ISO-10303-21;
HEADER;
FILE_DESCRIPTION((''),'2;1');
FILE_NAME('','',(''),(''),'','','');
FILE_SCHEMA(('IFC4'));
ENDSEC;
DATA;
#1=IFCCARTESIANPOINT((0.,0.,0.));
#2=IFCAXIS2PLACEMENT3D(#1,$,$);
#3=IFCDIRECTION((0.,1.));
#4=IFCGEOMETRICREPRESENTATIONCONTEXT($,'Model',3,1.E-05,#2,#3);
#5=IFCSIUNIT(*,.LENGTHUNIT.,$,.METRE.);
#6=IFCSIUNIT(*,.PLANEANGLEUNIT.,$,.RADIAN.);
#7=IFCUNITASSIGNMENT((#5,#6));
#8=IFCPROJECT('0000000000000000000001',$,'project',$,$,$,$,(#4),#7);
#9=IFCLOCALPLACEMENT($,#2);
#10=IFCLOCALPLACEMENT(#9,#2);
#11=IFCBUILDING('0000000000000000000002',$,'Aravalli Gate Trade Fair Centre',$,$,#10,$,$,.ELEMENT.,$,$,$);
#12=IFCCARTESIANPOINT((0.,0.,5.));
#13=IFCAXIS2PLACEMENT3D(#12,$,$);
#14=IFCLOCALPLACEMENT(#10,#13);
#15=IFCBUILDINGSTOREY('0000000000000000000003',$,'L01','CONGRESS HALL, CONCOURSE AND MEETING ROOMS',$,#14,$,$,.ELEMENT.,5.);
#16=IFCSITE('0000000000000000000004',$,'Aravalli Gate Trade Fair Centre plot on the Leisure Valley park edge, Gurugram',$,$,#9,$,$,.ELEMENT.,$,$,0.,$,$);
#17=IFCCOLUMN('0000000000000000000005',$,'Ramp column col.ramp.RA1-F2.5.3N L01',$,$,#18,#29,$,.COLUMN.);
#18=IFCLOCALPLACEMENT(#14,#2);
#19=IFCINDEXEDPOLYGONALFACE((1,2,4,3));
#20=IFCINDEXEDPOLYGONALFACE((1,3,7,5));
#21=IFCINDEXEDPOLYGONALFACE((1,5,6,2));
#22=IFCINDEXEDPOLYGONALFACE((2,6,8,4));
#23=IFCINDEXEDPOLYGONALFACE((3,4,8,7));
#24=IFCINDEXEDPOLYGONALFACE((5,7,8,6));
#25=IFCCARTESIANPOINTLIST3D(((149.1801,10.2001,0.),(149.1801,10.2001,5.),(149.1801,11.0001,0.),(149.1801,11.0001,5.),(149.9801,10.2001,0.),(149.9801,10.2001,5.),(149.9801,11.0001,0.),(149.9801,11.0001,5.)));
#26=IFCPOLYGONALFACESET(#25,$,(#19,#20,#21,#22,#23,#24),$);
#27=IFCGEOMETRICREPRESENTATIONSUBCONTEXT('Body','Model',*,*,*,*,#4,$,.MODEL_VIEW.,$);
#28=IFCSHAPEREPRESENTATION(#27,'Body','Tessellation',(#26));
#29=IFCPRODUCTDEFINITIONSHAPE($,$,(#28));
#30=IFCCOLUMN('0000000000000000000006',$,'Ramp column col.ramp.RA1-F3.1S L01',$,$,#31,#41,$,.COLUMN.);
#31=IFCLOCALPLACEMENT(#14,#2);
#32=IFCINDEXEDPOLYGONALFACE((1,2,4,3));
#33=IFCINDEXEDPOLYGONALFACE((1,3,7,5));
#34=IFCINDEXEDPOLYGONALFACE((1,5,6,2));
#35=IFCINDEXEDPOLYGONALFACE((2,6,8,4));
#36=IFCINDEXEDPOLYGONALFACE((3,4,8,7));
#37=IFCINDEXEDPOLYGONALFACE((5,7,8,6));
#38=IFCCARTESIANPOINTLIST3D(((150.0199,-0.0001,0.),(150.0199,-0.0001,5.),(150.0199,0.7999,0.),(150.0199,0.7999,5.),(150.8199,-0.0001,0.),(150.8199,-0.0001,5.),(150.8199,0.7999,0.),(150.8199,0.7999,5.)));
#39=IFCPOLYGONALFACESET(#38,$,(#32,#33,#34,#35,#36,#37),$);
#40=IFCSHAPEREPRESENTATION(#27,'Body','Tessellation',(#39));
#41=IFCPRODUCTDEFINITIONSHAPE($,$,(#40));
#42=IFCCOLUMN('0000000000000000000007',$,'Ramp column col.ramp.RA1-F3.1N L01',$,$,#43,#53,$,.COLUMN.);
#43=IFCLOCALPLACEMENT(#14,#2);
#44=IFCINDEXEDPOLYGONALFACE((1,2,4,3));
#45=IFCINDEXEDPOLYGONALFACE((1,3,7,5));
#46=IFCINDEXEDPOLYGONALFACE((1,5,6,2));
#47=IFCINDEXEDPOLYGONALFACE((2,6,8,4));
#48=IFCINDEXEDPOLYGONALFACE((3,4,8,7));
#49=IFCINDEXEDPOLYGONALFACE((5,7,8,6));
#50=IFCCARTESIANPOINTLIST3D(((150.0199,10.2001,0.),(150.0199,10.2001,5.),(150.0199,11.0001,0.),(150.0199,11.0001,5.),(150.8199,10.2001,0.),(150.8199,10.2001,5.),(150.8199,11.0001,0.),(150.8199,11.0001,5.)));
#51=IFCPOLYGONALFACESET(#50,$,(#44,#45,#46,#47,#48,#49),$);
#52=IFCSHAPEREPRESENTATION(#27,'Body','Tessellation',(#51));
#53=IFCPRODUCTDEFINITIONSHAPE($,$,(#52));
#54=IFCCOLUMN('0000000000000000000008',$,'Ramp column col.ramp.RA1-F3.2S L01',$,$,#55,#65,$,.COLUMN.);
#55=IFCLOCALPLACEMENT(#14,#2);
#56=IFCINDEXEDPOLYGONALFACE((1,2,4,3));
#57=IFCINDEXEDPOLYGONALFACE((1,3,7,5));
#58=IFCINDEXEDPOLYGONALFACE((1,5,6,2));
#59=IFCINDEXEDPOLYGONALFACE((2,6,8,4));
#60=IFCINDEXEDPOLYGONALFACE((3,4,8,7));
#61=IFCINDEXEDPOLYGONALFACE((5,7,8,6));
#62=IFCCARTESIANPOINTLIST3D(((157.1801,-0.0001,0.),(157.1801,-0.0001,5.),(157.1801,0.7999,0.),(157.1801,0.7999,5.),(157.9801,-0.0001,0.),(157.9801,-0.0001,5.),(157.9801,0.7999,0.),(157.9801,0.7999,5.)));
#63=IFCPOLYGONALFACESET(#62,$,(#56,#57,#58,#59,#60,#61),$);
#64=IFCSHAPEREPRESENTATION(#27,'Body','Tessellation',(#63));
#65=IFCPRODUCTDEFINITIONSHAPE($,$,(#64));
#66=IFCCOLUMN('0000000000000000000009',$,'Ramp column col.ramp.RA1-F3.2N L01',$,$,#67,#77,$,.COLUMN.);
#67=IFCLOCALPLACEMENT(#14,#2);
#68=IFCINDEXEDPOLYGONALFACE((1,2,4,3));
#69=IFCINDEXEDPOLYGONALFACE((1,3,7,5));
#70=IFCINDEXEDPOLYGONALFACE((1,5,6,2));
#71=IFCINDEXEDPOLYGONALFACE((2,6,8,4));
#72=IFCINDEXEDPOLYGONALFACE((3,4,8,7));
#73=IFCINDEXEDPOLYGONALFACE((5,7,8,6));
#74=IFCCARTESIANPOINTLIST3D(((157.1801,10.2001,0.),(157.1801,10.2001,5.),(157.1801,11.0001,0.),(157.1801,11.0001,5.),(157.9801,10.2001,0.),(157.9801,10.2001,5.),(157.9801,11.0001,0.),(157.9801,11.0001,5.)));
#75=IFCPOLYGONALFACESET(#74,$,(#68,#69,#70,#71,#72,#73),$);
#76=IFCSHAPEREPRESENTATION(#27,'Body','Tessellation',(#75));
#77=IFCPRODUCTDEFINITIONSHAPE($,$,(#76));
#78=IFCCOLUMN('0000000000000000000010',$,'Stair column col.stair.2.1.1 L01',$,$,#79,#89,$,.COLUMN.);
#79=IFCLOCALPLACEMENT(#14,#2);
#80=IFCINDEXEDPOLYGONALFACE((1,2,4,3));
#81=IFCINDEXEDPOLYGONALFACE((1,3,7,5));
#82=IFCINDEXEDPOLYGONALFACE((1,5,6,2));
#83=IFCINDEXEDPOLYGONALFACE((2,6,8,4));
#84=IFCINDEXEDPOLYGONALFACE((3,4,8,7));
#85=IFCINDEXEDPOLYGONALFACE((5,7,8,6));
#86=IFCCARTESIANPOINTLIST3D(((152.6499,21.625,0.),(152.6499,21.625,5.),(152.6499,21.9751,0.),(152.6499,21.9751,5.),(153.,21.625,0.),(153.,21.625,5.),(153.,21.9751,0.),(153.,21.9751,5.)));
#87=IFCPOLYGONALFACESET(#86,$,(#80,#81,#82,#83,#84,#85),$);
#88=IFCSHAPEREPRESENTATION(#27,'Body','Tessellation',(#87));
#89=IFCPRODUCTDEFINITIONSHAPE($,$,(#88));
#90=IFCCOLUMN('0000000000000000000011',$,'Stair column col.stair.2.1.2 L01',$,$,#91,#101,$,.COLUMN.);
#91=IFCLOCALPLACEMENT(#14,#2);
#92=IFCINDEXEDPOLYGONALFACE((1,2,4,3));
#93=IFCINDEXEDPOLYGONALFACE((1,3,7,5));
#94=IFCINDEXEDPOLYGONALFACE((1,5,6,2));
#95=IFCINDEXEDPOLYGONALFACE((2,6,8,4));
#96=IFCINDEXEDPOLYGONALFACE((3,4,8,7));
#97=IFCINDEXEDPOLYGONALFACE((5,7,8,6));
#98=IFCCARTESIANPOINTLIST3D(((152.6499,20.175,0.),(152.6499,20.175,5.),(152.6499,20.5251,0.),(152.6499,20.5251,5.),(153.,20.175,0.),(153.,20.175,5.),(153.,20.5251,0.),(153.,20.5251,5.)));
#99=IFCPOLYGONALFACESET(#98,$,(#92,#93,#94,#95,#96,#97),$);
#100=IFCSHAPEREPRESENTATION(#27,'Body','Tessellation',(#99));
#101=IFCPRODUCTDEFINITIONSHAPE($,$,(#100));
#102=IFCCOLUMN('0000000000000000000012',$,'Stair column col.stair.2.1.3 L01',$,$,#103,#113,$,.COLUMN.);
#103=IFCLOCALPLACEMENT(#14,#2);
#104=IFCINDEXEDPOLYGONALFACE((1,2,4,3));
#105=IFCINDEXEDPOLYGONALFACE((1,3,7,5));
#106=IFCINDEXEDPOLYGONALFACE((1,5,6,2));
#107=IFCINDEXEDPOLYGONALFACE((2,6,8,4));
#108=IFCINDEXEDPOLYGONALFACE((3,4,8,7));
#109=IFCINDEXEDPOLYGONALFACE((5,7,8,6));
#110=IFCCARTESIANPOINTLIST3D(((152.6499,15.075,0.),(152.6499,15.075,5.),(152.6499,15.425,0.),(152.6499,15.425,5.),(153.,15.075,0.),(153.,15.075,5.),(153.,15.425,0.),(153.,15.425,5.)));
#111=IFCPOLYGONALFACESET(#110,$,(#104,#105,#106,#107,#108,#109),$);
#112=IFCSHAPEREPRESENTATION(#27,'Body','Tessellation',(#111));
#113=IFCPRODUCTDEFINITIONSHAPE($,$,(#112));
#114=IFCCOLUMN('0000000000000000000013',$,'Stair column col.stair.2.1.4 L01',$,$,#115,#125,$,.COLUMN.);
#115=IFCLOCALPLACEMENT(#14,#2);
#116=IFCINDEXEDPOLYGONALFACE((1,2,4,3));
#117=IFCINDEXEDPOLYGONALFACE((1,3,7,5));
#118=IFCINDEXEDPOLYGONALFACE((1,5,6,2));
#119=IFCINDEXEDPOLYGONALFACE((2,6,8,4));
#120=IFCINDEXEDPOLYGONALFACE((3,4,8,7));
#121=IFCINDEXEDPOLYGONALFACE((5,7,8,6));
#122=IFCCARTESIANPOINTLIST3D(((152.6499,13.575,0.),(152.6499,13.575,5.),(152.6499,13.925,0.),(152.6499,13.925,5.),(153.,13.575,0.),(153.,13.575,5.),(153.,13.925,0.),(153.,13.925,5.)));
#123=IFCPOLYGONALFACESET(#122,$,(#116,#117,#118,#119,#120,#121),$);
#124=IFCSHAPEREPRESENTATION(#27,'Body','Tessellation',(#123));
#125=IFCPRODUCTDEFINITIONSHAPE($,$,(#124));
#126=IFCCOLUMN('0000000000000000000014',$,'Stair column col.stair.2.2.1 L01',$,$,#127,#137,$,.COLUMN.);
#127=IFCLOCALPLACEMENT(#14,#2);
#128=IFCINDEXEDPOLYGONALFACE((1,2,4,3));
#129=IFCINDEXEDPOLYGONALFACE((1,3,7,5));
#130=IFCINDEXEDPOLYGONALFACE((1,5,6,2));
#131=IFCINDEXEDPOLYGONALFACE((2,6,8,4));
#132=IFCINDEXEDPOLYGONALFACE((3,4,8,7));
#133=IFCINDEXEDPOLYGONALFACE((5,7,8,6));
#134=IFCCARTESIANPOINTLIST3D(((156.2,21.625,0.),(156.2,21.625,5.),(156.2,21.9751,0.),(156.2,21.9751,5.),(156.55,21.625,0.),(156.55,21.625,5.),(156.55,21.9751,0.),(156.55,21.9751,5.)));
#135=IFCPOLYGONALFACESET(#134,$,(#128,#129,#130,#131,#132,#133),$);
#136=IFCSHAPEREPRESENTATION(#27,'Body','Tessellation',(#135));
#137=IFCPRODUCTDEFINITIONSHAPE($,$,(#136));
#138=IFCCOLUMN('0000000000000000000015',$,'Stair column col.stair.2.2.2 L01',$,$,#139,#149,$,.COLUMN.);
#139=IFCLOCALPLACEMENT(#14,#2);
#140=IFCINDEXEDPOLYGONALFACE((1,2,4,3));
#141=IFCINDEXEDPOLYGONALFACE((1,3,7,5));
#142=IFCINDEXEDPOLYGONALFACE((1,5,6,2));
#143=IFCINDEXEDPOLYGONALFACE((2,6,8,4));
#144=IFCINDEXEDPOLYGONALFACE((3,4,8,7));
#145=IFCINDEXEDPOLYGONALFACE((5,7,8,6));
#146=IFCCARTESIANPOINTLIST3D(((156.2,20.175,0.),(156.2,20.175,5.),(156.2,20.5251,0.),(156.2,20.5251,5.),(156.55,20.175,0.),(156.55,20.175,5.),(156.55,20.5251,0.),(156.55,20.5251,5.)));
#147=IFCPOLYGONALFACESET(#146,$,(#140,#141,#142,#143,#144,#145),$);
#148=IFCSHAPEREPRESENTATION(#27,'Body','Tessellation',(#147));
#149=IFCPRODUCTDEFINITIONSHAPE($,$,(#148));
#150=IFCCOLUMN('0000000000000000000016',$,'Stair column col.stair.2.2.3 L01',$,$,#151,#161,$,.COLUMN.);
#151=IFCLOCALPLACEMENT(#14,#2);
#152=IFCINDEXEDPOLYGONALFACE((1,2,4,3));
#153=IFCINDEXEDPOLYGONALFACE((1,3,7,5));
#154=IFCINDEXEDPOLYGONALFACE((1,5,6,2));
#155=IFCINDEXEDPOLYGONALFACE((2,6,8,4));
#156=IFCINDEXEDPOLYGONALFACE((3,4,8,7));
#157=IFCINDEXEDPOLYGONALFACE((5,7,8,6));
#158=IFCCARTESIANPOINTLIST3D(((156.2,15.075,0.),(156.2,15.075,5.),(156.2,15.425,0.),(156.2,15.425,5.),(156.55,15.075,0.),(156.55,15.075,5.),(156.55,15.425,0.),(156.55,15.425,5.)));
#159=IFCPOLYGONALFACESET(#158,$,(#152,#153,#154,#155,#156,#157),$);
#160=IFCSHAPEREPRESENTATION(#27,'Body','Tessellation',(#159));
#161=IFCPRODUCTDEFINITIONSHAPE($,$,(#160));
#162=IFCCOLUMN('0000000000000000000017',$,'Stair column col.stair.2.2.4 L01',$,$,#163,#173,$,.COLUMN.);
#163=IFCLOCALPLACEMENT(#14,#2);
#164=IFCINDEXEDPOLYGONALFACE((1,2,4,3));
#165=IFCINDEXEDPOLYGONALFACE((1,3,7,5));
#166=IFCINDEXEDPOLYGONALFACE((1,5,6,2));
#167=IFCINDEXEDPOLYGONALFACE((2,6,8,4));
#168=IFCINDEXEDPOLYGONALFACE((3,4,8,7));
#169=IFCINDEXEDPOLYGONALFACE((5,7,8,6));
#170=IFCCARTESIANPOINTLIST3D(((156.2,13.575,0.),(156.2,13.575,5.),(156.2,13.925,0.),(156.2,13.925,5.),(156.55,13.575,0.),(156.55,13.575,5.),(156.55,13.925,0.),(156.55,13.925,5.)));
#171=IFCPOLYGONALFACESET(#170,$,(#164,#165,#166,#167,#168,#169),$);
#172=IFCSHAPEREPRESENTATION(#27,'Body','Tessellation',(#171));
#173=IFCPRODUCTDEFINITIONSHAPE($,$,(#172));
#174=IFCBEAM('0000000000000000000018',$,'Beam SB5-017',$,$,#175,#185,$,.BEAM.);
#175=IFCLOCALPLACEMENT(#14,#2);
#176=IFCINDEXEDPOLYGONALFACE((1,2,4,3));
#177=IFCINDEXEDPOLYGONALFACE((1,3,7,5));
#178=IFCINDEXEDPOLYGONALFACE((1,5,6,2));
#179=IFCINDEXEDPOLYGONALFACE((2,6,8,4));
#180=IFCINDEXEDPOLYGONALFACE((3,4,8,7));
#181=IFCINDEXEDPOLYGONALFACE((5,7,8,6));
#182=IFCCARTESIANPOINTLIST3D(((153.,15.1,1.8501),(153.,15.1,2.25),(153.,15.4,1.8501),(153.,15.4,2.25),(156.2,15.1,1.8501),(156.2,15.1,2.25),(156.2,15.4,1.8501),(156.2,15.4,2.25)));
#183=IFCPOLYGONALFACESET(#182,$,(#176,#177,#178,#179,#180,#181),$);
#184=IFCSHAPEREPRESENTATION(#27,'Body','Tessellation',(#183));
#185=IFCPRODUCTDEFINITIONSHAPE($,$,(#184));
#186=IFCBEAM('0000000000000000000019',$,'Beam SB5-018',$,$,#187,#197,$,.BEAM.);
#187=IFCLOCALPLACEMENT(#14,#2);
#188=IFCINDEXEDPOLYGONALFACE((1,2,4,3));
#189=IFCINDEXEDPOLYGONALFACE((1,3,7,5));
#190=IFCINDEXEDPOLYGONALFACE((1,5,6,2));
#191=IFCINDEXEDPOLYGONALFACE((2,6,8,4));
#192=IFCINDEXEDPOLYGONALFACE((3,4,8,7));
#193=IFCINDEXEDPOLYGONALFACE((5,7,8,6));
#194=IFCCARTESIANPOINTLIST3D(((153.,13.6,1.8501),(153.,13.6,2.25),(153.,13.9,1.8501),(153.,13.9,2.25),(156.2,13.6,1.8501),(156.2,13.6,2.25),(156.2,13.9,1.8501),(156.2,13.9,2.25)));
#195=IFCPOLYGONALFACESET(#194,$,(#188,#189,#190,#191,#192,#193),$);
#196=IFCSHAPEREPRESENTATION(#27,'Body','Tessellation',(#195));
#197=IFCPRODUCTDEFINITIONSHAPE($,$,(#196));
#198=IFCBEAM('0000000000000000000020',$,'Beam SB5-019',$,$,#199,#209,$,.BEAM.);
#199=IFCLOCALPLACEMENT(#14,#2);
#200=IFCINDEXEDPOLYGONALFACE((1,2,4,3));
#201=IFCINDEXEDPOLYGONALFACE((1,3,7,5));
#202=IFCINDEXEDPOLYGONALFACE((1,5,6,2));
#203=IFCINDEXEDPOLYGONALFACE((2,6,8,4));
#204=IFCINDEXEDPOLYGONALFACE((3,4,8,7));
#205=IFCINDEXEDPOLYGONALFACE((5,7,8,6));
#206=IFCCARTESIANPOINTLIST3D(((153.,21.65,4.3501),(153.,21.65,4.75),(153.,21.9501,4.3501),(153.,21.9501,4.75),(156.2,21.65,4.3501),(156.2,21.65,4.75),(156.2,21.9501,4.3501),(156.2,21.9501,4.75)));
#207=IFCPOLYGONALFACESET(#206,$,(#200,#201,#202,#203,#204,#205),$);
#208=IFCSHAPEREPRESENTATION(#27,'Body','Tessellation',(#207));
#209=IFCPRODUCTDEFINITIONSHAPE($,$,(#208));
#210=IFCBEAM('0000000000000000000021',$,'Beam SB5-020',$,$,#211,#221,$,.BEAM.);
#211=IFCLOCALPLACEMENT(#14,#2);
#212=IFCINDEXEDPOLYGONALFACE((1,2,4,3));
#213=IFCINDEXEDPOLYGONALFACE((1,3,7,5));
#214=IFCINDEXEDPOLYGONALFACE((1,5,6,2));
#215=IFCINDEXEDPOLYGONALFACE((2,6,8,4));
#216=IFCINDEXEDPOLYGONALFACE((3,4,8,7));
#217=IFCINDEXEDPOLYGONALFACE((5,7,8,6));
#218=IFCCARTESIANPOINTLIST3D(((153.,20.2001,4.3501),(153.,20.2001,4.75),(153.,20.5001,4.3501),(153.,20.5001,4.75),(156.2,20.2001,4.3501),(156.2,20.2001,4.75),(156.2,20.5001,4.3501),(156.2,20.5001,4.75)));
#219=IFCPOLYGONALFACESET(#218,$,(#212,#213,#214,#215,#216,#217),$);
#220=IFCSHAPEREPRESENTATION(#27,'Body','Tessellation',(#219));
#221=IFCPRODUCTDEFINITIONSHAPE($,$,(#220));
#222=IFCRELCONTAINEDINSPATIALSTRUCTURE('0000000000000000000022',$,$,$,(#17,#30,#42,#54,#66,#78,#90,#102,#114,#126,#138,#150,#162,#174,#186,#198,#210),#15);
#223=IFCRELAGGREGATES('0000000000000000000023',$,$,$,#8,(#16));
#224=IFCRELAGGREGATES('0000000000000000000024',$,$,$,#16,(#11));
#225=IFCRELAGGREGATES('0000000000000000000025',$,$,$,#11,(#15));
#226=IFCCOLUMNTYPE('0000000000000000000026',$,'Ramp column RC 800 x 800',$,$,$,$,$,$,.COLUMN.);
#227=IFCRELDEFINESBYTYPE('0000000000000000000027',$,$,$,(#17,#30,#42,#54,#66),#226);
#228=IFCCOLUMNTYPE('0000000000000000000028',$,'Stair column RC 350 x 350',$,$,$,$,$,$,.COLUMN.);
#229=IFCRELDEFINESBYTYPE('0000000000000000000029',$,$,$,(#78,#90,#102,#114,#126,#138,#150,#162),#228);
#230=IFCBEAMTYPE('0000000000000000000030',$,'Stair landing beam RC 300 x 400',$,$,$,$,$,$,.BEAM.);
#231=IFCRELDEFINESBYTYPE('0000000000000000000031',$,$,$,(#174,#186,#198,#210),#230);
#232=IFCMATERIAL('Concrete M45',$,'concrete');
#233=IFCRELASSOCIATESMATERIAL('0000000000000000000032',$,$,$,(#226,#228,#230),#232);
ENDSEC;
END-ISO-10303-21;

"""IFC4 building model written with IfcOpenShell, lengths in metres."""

from ifc_helpers import new_model, si_unit, direction, frame, origin, origin_2d, place, context, subcontext, project, spatial, rectangle, extrude, material, material_profile, profile_set, type_object, element, save


model = new_model("IFC4")

# Units and contexts
model_context = context("Model", 3, precision=1e-05, world=origin(), true_north=direction((0.0, 1.0)))
body_context = subcontext(model_context, "Body", "Model", "MODEL_VIEW")
ifc_project = project(units=[si_unit("LENGTHUNIT", "METRE"), si_unit("PLANEANGLEUNIT", "RADIAN")], contexts=[model_context])

# Site, building, storey
site_placement = place(None, origin())
site = spatial("IfcSite", under=ifc_project, at=site_placement, Name="Aravalli Gate Trade Fair Centre plot on the Leisure Valley park edge, Gurugram", CompositionType="ELEMENT", RefElevation=0.0)
building_placement = place(site_placement, origin())
building = spatial("IfcBuilding", under=site, at=building_placement, Name="Aravalli Gate Trade Fair Centre", CompositionType="ELEMENT")
storey_placement = place(building_placement, frame((0.0, 0.0, 5.0)))
storey = spatial("IfcBuildingStorey", under=building, at=storey_placement, Name="L01", Description="CONGRESS HALL, CONCOURSE AND MEETING ROOMS", CompositionType="ELEMENT", Elevation=5.0)

# Columns
ifc_material_1 = material(Name="Concrete M45", Category="concrete")
ifc_material_profile_1 = material_profile(ifc_material_1, rectangle(XDim=0.8, YDim=0.8, at=origin_2d()), Name="Ramp column RC 800 x 800")
ifc_profile_set_1 = profile_set([ifc_material_profile_1], Name="Concrete M45")
column_type_1 = type_object("IfcColumnType", Name="Ramp column RC 800 x 800", PredefinedType="COLUMN", material=ifc_profile_set_1)
for number, where, z_axis, x_axis, name in (
    (1, (149.5801, 10.6001, 0.0), (0.0, 0.0, 1.0), (1.0, 0.0, 0.0), "Ramp column col.ramp.RA1-F2.5.3N L01"),
    (2, (150.4199, 0.3999, 0.0), (0.0, 0.0, 1.0), (1.0, 0.0, 0.0), "Ramp column col.ramp.RA1-F3.1S L01"),
    (3, (150.4199, 10.6001, 0.0), (0.0, 0.0, 1.0), (1.0, 0.0, 0.0), "Ramp column col.ramp.RA1-F3.1N L01"),
    (4, (157.5801, 0.3999, 0.0), (0.0, 0.0, 1.0), (1.0, 0.0, 0.0), "Ramp column col.ramp.RA1-F3.2S L01"),
    (5, (157.5801, 10.6001, 0.0), (0.0, 0.0, 1.0), (1.0, 0.0, 0.0), "Ramp column col.ramp.RA1-F3.2N L01"),
):
    element("IfcColumn", number, at=place(storey_placement, frame(where, z_axis=z_axis, x_axis=x_axis)), inside=storey, type_object=column_type_1, Name=name, PredefinedType="COLUMN", context=body_context, shape_type="SweptSolid", body=[
        extrude(rectangle(XDim=0.8, YDim=0.8, at=origin_2d()), origin(), (0.0, 0.0, 1.0), 5.0),
    ])
ifc_material_profile_2 = material_profile(ifc_material_1, rectangle(XDim=0.3501, YDim=0.3501, at=origin_2d()), Name="Stair column RC 350 x 350")
ifc_profile_set_2 = profile_set([ifc_material_profile_2], Name="Concrete M45")
column_type_2 = type_object("IfcColumnType", Name="Stair column RC 350 x 350", PredefinedType="COLUMN", material=ifc_profile_set_2)
for number, where, z_axis, x_axis, name in (
    (6, (152.825, 21.8, 0.0), (0.0, 0.0, 1.0), (1.0, 0.0, 0.0), "Stair column col.stair.2.1.1 L01"),
    (7, (152.825, 20.3501, 0.0), (0.0, 0.0, 1.0), (1.0, 0.0, 0.0), "Stair column col.stair.2.1.2 L01"),
    (8, (152.825, 15.25, 0.0), (0.0, 0.0, 1.0), (1.0, 0.0, 0.0), "Stair column col.stair.2.1.3 L01"),
    (9, (152.825, 13.75, 0.0), (0.0, 0.0, 1.0), (1.0, 0.0, 0.0), "Stair column col.stair.2.1.4 L01"),
    (10, (156.375, 21.8, 0.0), (0.0, 0.0, 1.0), (1.0, 0.0, 0.0), "Stair column col.stair.2.2.1 L01"),
    (11, (156.375, 20.3501, 0.0), (0.0, 0.0, 1.0), (1.0, 0.0, 0.0), "Stair column col.stair.2.2.2 L01"),
    (12, (156.375, 15.25, 0.0), (0.0, 0.0, 1.0), (1.0, 0.0, 0.0), "Stair column col.stair.2.2.3 L01"),
    (13, (156.375, 13.75, 0.0), (0.0, 0.0, 1.0), (1.0, 0.0, 0.0), "Stair column col.stair.2.2.4 L01"),
):
    element("IfcColumn", number, at=place(storey_placement, frame(where, z_axis=z_axis, x_axis=x_axis)), inside=storey, type_object=column_type_2, Name=name, PredefinedType="COLUMN", context=body_context, shape_type="SweptSolid", body=[
        extrude(rectangle(XDim=0.3501, YDim=0.3501, at=origin_2d()), origin(), (0.0, 0.0, 1.0), 5.0),
    ])

# Beams
ifc_material_profile_3 = material_profile(ifc_material_1, rectangle(XDim=0.3, YDim=0.3999, at=origin_2d()), Name="Stair landing beam RC 300 x 400")
ifc_profile_set_3 = profile_set([ifc_material_profile_3], Name="Concrete M45")
beam_type = type_object("IfcBeamType", Name="Stair landing beam RC 300 x 400", PredefinedType="BEAM", material=ifc_profile_set_3)
for number, where, z_axis, x_axis, name in (
    (14, (153.0, 15.25, 2.05), (1.0, 0.0, 0.0), (0.0, 1.0, 0.0), "Beam SB5-017"),
    (15, (153.0, 13.75, 2.05), (1.0, 0.0, 0.0), (0.0, 1.0, 0.0), "Beam SB5-018"),
    (16, (153.0, 21.8, 4.55), (1.0, 0.0, 0.0), (0.0, 1.0, 0.0), "Beam SB5-019"),
    (17, (153.0, 20.3501, 4.55), (1.0, 0.0, 0.0), (0.0, 1.0, 0.0), "Beam SB5-020"),
):
    element("IfcBeam", number, at=place(storey_placement, frame(where, z_axis=z_axis, x_axis=x_axis)), inside=storey, type_object=beam_type, Name=name, PredefinedType="BEAM", context=body_context, shape_type="SweptSolid", body=[
        extrude(rectangle(XDim=0.3, YDim=0.3999, at=origin_2d()), origin(), (0.0, 0.0, 1.0), 3.2),
    ])

save(model, "model.ifc")
